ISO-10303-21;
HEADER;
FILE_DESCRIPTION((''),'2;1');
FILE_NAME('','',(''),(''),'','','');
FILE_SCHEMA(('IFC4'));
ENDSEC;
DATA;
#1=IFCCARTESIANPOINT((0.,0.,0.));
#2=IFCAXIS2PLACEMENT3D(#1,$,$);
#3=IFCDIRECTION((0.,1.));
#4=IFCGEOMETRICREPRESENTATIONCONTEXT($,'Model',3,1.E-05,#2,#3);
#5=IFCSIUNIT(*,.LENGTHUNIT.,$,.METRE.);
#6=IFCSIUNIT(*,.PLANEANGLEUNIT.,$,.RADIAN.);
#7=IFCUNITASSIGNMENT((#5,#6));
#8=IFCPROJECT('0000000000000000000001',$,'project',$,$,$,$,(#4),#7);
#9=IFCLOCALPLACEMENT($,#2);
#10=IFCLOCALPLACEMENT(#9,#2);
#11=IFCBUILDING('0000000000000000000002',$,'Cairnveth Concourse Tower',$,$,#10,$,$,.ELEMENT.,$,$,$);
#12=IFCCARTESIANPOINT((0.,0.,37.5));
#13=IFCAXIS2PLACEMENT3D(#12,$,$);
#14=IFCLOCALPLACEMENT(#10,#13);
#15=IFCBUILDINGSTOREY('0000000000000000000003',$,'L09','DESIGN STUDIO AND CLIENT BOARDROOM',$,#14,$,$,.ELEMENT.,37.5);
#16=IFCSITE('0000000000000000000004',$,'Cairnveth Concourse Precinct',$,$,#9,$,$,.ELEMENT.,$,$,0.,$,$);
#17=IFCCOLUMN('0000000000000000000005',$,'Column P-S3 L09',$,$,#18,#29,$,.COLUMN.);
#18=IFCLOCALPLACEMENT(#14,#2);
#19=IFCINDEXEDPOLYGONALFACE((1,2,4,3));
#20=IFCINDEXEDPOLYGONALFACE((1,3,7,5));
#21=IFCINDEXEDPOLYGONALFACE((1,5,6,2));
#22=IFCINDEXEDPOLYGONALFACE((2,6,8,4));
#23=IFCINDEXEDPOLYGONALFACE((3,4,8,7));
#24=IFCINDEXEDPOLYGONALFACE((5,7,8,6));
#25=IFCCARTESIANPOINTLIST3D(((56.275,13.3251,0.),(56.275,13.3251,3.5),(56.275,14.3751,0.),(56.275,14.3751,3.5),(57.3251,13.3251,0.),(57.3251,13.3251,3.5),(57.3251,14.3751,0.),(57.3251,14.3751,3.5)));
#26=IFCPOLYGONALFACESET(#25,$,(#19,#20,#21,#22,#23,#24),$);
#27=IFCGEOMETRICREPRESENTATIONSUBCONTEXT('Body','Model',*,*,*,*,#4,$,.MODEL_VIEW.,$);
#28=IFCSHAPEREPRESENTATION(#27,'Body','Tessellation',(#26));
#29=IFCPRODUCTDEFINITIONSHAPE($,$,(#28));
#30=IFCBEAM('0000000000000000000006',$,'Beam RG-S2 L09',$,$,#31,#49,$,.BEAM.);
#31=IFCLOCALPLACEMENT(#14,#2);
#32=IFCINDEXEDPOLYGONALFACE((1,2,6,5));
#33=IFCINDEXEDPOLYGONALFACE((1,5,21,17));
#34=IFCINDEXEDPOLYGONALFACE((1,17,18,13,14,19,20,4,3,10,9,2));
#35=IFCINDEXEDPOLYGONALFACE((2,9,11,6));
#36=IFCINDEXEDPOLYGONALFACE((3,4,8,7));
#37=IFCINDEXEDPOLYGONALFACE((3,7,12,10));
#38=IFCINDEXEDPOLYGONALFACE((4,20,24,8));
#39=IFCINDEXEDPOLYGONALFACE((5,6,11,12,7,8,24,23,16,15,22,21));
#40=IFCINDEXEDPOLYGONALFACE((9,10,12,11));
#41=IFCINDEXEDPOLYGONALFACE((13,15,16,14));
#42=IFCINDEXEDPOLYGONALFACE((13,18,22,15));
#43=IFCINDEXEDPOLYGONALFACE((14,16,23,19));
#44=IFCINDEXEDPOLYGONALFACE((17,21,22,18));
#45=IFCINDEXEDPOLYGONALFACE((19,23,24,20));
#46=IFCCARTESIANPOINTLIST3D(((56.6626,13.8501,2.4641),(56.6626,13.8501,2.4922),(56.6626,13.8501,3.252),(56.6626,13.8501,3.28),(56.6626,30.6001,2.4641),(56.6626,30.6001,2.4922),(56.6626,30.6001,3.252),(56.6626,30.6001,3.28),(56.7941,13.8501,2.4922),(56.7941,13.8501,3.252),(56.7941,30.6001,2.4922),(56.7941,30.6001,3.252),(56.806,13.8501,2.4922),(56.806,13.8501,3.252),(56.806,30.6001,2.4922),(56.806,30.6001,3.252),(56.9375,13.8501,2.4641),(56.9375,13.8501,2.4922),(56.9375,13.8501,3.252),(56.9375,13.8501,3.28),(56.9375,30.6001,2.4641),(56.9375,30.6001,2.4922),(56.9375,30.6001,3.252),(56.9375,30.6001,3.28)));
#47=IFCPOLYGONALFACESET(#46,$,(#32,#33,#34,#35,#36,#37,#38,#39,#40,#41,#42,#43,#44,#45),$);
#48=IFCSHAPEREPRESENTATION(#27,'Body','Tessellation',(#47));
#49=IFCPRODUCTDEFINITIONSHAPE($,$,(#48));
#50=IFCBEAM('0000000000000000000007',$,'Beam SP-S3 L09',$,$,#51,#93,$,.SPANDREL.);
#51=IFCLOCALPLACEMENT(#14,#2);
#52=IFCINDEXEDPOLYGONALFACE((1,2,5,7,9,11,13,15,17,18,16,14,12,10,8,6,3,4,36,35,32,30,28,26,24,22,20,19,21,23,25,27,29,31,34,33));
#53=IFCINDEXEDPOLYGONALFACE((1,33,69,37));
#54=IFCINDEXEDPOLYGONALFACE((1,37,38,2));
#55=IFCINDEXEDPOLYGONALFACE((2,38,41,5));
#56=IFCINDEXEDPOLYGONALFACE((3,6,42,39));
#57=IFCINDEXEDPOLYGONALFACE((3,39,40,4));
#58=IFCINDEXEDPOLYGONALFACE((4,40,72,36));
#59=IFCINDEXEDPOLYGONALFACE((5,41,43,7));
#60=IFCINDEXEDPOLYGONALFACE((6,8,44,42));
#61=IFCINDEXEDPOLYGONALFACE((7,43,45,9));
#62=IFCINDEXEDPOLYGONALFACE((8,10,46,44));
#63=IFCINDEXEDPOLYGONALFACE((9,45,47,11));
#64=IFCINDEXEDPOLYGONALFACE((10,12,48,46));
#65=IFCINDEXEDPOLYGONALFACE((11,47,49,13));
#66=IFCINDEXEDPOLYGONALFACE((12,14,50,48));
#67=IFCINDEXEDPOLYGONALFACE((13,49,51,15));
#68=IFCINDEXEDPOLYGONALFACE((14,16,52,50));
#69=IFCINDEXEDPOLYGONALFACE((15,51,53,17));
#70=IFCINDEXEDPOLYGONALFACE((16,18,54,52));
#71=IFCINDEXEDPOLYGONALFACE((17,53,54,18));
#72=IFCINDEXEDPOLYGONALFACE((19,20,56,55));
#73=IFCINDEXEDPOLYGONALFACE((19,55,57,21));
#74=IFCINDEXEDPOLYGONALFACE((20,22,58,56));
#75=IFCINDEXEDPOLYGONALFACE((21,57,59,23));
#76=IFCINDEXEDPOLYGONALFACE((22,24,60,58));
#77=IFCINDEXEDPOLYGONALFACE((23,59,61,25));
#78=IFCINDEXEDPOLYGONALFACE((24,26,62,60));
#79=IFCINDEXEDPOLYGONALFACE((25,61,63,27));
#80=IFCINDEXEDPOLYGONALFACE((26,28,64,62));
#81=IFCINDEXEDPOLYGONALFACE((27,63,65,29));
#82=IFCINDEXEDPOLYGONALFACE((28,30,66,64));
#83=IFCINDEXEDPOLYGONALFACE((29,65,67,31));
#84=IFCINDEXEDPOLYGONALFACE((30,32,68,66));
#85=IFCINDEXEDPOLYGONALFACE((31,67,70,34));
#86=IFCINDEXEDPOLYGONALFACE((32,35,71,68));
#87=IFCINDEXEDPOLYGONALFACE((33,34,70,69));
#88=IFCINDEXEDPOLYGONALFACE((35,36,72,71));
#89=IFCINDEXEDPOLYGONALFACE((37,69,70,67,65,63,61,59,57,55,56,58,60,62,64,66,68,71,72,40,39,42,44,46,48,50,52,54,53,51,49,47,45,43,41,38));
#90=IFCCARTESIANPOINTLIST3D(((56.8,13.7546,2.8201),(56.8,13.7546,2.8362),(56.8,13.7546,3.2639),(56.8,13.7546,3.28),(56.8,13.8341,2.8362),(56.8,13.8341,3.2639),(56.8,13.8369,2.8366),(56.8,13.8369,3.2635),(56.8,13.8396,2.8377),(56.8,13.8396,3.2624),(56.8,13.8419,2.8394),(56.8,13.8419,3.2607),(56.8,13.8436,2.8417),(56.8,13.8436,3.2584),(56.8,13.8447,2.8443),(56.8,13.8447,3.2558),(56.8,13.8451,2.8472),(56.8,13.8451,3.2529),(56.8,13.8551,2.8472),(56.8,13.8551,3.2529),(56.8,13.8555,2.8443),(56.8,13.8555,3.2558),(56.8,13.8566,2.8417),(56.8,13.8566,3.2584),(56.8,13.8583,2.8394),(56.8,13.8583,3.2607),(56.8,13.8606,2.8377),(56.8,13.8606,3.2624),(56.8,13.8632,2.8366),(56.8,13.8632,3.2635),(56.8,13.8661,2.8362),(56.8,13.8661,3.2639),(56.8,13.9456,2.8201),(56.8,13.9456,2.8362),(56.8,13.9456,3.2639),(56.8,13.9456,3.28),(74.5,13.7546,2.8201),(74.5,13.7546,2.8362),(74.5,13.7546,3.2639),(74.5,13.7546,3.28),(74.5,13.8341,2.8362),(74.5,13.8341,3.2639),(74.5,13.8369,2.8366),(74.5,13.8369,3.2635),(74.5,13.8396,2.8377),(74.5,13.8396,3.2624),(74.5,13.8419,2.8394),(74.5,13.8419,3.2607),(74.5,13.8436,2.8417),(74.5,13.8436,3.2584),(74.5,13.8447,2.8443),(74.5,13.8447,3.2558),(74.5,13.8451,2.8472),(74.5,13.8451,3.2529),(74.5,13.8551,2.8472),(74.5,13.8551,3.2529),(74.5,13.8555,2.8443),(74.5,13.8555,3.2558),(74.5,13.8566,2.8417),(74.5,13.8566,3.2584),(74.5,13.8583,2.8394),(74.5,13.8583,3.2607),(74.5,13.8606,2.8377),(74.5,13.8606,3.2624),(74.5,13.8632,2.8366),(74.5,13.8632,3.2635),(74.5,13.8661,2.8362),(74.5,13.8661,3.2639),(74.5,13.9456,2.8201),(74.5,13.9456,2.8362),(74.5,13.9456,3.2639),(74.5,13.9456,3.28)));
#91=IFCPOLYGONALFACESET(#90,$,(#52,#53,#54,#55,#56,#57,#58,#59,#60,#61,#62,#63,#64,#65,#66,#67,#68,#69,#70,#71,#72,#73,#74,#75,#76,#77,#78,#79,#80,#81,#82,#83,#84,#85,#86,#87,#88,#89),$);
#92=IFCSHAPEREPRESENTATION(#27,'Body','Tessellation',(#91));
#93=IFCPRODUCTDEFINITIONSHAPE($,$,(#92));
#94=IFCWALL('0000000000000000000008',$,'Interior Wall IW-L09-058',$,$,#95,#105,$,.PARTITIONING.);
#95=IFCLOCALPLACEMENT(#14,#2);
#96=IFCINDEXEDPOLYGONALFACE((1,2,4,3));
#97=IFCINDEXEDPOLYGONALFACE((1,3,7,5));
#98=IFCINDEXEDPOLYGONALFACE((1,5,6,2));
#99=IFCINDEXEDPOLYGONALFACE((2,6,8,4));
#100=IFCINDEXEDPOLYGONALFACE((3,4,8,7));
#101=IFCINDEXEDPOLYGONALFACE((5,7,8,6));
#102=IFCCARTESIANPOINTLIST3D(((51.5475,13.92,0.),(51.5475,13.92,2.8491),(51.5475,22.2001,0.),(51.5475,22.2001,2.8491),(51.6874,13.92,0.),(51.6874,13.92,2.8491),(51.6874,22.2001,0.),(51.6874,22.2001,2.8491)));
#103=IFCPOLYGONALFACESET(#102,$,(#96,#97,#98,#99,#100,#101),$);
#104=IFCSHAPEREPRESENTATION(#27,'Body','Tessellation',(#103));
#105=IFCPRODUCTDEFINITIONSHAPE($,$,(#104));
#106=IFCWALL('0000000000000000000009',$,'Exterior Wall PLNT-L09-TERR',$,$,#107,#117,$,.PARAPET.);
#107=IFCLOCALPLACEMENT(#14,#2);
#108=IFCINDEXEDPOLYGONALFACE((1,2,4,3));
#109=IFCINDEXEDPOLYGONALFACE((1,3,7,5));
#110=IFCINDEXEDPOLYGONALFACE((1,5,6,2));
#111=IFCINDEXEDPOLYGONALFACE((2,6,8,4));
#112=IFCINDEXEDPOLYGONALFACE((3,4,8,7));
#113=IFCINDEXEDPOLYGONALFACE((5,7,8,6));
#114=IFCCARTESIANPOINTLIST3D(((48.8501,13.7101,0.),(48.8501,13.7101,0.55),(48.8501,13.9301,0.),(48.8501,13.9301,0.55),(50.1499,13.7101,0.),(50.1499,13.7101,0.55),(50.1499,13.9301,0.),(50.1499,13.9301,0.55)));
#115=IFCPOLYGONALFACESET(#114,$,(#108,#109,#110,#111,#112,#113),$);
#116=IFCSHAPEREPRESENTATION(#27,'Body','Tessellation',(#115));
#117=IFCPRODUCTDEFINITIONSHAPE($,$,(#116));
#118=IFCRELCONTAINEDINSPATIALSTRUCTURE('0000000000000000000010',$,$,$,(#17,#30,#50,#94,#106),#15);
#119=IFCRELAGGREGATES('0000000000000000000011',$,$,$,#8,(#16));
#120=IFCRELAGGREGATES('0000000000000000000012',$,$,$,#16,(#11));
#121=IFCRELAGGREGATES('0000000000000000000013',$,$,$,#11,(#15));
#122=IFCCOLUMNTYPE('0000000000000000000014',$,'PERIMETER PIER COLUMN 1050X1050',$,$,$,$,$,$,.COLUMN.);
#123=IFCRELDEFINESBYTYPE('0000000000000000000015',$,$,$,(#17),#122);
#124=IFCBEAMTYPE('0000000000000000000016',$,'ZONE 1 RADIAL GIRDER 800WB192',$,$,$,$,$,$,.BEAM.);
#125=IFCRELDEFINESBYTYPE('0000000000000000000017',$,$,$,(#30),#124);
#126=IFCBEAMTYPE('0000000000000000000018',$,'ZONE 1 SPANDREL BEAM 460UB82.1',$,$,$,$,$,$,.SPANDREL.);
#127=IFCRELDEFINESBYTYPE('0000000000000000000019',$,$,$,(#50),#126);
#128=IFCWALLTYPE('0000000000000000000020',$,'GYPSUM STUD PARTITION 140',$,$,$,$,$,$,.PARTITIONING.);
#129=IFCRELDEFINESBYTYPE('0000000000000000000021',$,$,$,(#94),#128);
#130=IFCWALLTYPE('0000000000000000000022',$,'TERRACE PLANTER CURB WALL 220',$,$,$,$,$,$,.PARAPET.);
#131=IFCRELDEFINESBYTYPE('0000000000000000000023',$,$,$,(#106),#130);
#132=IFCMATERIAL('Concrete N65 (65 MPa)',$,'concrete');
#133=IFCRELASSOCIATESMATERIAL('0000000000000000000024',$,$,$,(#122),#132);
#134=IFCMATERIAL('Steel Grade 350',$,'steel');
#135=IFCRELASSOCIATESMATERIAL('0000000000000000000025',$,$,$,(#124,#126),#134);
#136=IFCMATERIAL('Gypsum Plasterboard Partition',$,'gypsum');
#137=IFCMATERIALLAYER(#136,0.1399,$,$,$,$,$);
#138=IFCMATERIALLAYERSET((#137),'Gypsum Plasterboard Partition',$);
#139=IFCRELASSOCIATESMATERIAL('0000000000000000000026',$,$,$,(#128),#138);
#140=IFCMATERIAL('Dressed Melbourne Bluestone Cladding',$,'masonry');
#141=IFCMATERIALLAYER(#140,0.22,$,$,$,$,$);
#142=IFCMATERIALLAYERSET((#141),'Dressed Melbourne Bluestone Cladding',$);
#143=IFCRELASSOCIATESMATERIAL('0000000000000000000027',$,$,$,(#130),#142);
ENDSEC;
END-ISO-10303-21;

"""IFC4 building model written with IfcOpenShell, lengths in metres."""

from ifc_helpers import new_model, si_unit, direction, frame, frame_2d, origin, origin_2d, place, context, subcontext, project, spatial, rectangle, i_section, extrude, material, layer, layer_set, material_profile, profile_set, type_object, element, save


model = new_model("IFC4")

# Units and contexts
model_context = context("Model", 3, precision=1e-05, world=origin(), true_north=direction((0.0, 1.0)))
body_context = subcontext(model_context, "Body", "Model", "MODEL_VIEW")
ifc_project = project(units=[si_unit("LENGTHUNIT", "METRE"), si_unit("PLANEANGLEUNIT", "RADIAN")], contexts=[model_context])

# Site, building, storey
site_placement = place(None, origin())
site = spatial("IfcSite", under=ifc_project, at=site_placement, Name="Cairnveth Concourse Precinct", CompositionType="ELEMENT", RefElevation=0.0)
building_placement = place(site_placement, origin())
building = spatial("IfcBuilding", under=site, at=building_placement, Name="Cairnveth Concourse Tower", CompositionType="ELEMENT")
storey_placement = place(building_placement, frame((0.0, 0.0, 37.5)))
storey = spatial("IfcBuildingStorey", under=building, at=storey_placement, Name="L09", Description="DESIGN STUDIO AND CLIENT BOARDROOM", CompositionType="ELEMENT", Elevation=37.5)

# Column
ifc_material_1 = material(Name="Concrete N65 (65 MPa)", Category="concrete")
ifc_material_profile_1 = material_profile(ifc_material_1, rectangle(XDim=1.05, YDim=1.05, at=origin_2d()), Name="RC-COL-1050x1050")
ifc_profile_set_1 = profile_set([ifc_material_profile_1], Name="Concrete N65 (65 MPa)")
column_type = type_object("IfcColumnType", Name="PERIMETER PIER COLUMN 1050X1050", PredefinedType="COLUMN", material=ifc_profile_set_1)
column_placement = place(storey_placement, frame((56.8, 13.8501, 0.0), z_axis=(0.0, 0.0, 1.0), x_axis=(1.0, 0.0, 0.0)))
element("IfcColumn", 1, at=column_placement, inside=storey, type_object=column_type, Name="Column P-S3 L09", PredefinedType="COLUMN", context=body_context, shape_type="SweptSolid", body=[
    extrude(rectangle(XDim=1.05, YDim=1.05, at=origin_2d()), origin(), (0.0, 0.0, 1.0), 3.5),
])

# Beams
ifc_material_2 = material(Name="Steel Grade 350", Category="steel")
ifc_material_profile_2 = material_profile(ifc_material_2, i_section(OverallWidth=0.2749, OverallDepth=0.8159, WebThickness=0.012, FlangeThickness=0.0281, at=origin_2d()), Name="800WB192")
ifc_profile_set_2 = profile_set([ifc_material_profile_2], Name="Steel Grade 350")
beam_type_1 = type_object("IfcBeamType", Name="ZONE 1 RADIAL GIRDER 800WB192", PredefinedType="BEAM", material=ifc_profile_set_2)
beam_1_placement = place(storey_placement, frame((56.8, 13.8501, 2.8721), z_axis=(0.0, 1.0, 0.0), x_axis=(-1.0, 0.0, 0.0)))
element("IfcBeam", 2, at=beam_1_placement, inside=storey, type_object=beam_type_1, Name="Beam RG-S2 L09", PredefinedType="BEAM", context=body_context, shape_type="SweptSolid", body=[
    extrude(i_section(OverallWidth=0.2749, OverallDepth=0.8159, WebThickness=0.012, FlangeThickness=0.0281, at=origin_2d()), origin(), (0.0, 0.0, 1.0), 16.75),
])
ifc_material_profile_3 = material_profile(ifc_material_2, i_section(OverallWidth=0.1909, OverallDepth=0.46, WebThickness=0.01, FlangeThickness=0.0161, FilletRadius=0.011, at=origin_2d()), Name="460UB82.1")
ifc_profile_set_3 = profile_set([ifc_material_profile_3], Name="Steel Grade 350")
beam_type_2 = type_object("IfcBeamType", Name="ZONE 1 SPANDREL BEAM 460UB82.1", PredefinedType="SPANDREL", material=ifc_profile_set_3)
beam_2_placement = place(storey_placement, frame((56.8, 13.8501, 3.05), z_axis=(1.0, 0.0, 0.0), x_axis=(0.0, 1.0, 0.0)))
element("IfcBeam", 3, at=beam_2_placement, inside=storey, type_object=beam_type_2, Name="Beam SP-S3 L09", PredefinedType="SPANDREL", context=body_context, shape_type="SweptSolid", body=[
    extrude(i_section(OverallWidth=0.1909, OverallDepth=0.46, WebThickness=0.01, FlangeThickness=0.0161, FilletRadius=0.011, at=origin_2d()), origin(), (0.0, 0.0, 1.0), 17.7),
])

# Walls
ifc_material_3 = material(Name="Gypsum Plasterboard Partition", Category="gypsum")
ifc_layer_1 = layer(ifc_material_3, 0.1399)
ifc_layer_set_1 = layer_set([ifc_layer_1], Name="Gypsum Plasterboard Partition")
wall_type_1 = type_object("IfcWallType", Name="GYPSUM STUD PARTITION 140", PredefinedType="PARTITIONING", material=ifc_layer_set_1)
wall_1_placement = place(storey_placement, frame((51.6174, 13.9199, 0.0), z_axis=(0.0, 0.0, 1.0), x_axis=(0.0, 1.0, 0.0)))
element("IfcWall", 4, at=wall_1_placement, inside=storey, type_object=wall_type_1, Name="Interior Wall IW-L09-058", PredefinedType="PARTITIONING", context=body_context, shape_type="SweptSolid", body=[
    extrude(rectangle(XDim=8.28, YDim=0.1399, at=frame_2d((4.1401, 0.0))), origin(), (0.0, 0.0, 1.0), 2.8491),
])
ifc_material_4 = material(Name="Dressed Melbourne Bluestone Cladding", Category="masonry")
ifc_layer_2 = layer(ifc_material_4, 0.22)
ifc_layer_set_2 = layer_set([ifc_layer_2], Name="Dressed Melbourne Bluestone Cladding")
wall_type_2 = type_object("IfcWallType", Name="TERRACE PLANTER CURB WALL 220", PredefinedType="PARAPET", material=ifc_layer_set_2)
wall_2_placement = place(storey_placement, frame((48.8501, 13.8201, 0.0), z_axis=(0.0, 0.0, 1.0), x_axis=(1.0, 0.0, 0.0)))
element("IfcWall", 5, at=wall_2_placement, inside=storey, type_object=wall_type_2, Name="Exterior Wall PLNT-L09-TERR", PredefinedType="PARAPET", context=body_context, shape_type="SweptSolid", body=[
    extrude(rectangle(XDim=1.2998, YDim=0.22, at=frame_2d((0.6499, 0.0))), origin(), (0.0, 0.0, 1.0), 0.55),
])

save(model, "model.ifc")
